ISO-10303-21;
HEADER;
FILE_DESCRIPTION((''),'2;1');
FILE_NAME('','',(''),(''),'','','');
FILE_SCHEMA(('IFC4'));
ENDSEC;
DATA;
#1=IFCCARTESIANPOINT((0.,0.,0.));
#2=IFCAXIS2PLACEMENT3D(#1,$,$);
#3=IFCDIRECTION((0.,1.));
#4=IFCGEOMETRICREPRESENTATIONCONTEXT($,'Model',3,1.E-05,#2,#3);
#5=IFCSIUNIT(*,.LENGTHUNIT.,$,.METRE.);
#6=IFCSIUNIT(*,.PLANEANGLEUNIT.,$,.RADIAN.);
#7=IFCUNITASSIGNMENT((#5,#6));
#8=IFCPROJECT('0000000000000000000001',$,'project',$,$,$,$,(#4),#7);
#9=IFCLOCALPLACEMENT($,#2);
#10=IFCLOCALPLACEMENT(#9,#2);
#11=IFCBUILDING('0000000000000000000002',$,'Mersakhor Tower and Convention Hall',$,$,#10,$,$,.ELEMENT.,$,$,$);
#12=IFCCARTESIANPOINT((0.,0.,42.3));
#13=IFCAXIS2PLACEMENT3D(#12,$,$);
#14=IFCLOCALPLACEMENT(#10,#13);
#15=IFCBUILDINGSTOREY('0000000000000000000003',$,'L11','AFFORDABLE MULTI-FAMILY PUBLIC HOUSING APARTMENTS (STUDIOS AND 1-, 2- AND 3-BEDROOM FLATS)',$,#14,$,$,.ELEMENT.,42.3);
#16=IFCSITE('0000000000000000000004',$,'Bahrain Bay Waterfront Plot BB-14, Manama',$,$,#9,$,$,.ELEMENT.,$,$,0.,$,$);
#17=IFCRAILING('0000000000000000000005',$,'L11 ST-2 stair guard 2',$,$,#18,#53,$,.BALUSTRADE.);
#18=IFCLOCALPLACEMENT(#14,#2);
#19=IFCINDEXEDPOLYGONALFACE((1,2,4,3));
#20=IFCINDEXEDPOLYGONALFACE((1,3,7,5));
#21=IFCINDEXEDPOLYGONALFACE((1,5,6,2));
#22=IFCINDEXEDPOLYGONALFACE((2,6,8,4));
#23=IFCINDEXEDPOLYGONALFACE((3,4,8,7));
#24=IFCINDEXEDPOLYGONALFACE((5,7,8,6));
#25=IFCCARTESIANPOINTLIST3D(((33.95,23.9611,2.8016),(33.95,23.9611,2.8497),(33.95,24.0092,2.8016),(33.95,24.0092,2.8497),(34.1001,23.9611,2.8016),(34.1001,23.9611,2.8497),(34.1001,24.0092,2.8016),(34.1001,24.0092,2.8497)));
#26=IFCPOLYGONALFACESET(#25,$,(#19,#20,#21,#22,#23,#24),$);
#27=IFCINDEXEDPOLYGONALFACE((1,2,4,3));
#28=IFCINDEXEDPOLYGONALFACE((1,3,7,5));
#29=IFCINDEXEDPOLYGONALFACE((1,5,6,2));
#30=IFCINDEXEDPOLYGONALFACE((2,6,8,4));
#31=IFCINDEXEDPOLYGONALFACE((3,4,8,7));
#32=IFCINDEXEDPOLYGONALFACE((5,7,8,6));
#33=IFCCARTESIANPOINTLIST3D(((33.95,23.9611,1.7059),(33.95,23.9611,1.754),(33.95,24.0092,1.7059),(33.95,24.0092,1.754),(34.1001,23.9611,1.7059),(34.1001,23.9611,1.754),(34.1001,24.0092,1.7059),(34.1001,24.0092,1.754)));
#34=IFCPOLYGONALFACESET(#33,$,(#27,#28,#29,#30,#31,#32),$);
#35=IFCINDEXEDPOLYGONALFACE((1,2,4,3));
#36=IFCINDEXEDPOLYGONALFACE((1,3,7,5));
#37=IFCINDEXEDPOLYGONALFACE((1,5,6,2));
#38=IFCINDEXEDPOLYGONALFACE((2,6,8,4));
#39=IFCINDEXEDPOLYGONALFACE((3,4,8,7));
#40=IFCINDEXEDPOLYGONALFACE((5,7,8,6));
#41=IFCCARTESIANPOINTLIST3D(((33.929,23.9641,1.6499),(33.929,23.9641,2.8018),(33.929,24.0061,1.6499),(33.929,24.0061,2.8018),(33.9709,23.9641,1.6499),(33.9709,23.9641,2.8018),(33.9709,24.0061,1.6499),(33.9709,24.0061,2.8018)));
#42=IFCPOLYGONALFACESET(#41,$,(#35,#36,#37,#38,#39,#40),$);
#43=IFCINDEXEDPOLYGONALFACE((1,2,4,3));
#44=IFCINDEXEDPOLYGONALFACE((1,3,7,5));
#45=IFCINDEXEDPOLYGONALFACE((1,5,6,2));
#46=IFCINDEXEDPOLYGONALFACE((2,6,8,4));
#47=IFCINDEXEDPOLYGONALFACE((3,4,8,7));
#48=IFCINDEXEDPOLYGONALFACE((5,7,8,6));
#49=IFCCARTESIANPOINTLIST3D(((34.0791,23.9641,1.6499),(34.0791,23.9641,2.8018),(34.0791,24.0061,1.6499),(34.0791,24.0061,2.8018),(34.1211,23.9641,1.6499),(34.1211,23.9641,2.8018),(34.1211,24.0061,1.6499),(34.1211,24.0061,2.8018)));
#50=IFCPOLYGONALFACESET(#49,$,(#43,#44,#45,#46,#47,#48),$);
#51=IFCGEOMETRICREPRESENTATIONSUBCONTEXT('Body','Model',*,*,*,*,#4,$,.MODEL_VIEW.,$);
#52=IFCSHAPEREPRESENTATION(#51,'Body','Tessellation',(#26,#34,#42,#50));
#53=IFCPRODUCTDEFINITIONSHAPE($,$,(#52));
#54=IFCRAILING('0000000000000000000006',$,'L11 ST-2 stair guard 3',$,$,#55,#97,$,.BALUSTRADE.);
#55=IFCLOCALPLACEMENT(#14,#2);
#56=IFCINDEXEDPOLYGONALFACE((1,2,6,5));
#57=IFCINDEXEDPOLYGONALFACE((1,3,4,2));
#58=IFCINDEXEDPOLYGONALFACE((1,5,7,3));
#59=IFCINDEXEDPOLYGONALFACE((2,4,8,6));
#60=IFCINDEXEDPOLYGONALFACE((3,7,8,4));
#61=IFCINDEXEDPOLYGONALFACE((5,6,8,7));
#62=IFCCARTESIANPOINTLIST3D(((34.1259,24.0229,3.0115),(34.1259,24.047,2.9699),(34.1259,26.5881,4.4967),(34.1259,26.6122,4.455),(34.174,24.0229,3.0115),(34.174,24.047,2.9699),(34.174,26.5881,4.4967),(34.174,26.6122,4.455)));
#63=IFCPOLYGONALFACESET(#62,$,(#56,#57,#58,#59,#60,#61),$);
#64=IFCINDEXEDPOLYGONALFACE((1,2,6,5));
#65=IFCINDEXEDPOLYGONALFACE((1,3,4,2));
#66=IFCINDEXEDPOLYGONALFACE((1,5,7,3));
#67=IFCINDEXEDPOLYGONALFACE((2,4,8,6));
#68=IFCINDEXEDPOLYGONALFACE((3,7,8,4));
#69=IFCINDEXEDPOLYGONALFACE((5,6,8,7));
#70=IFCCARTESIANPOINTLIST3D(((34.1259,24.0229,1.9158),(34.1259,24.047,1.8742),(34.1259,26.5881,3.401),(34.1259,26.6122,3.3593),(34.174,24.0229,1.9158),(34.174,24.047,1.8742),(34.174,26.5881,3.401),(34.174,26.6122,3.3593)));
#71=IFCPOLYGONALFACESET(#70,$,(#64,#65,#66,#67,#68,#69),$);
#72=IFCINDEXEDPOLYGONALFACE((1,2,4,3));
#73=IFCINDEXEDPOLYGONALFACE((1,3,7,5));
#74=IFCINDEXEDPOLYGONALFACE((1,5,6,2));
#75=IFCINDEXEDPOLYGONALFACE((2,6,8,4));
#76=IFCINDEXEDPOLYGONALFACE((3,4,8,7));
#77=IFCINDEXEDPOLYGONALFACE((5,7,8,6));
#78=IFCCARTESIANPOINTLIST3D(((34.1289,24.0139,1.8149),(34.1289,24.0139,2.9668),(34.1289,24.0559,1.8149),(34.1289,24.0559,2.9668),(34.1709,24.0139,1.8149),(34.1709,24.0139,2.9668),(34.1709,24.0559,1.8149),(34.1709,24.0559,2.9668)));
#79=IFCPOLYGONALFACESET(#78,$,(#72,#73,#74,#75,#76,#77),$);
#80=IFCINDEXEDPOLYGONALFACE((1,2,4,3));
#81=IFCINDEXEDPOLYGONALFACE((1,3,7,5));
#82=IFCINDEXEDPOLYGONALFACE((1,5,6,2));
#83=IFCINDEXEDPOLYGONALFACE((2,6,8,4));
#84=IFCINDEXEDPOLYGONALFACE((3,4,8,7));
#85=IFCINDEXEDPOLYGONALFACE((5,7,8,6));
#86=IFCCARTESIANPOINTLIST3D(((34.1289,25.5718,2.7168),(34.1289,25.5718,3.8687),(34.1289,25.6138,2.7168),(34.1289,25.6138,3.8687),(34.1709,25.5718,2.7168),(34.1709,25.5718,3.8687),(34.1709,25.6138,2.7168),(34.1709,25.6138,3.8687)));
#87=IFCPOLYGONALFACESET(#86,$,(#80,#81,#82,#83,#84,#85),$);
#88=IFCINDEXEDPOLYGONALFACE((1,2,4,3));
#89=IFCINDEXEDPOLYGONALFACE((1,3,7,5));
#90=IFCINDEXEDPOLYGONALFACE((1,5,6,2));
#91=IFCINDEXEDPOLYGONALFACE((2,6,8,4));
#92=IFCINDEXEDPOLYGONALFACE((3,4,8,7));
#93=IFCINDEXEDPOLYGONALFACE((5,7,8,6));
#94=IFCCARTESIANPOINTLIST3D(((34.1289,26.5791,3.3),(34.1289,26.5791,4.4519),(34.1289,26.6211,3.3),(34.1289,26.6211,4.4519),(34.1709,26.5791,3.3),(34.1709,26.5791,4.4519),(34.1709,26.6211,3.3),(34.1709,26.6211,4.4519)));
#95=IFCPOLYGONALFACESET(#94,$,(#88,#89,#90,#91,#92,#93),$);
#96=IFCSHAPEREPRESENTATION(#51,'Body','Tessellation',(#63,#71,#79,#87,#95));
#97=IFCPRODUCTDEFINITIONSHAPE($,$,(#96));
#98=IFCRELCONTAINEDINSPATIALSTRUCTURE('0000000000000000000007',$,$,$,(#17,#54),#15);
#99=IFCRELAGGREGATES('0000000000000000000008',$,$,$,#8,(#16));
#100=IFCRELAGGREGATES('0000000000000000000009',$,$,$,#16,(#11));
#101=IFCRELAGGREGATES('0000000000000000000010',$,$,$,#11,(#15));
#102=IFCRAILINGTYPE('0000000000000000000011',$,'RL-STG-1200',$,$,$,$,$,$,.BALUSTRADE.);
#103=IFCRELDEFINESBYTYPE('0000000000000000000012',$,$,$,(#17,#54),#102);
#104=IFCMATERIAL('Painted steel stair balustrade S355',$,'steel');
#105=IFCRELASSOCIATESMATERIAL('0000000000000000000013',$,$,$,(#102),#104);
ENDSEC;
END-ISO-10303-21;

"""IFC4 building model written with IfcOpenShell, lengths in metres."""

from ifc_helpers import new_model, si_unit, direction, frame, origin, origin_2d, place, context, subcontext, project, spatial, rectangle, extrude, material, type_object, element, save


model = new_model("IFC4")

# Units and contexts
model_context = context("Model", 3, precision=1e-05, world=origin(), true_north=direction((0.0, 1.0)))
body_context = subcontext(model_context, "Body", "Model", "MODEL_VIEW")
ifc_project = project(units=[si_unit("LENGTHUNIT", "METRE"), si_unit("PLANEANGLEUNIT", "RADIAN")], contexts=[model_context])

# Site, building, storey
site_placement = place(None, origin())
site = spatial("IfcSite", under=ifc_project, at=site_placement, Name="Bahrain Bay Waterfront Plot BB-14, Manama", CompositionType="ELEMENT", RefElevation=0.0)
building_placement = place(site_placement, origin())
building = spatial("IfcBuilding", under=site, at=building_placement, Name="Mersakhor Tower and Convention Hall", CompositionType="ELEMENT")
storey_placement = place(building_placement, frame((0.0, 0.0, 42.3)))
storey = spatial("IfcBuildingStorey", under=building, at=storey_placement, Name="L11", Description="AFFORDABLE MULTI-FAMILY PUBLIC HOUSING APARTMENTS (STUDIOS AND 1-, 2- AND 3-BEDROOM FLATS)", CompositionType="ELEMENT", Elevation=42.3)

# Railings
ifc_material_1 = material(Name="Painted steel stair balustrade S355", Category="steel")
railing_type_1 = type_object("IfcRailingType", Name="RL-STG-1200", PredefinedType="BALUSTRADE", material=ifc_material_1)
railing_1_placement = place(storey_placement, frame((33.95, 23.9851, 1.6499)))
element("IfcRailing", 1, at=railing_1_placement, inside=storey, type_object=railing_type_1, Name="L11 ST-2 stair guard 2", PredefinedType="BALUSTRADE", context=body_context, shape_type="SweptSolid", body=[
    extrude(rectangle(XDim=0.0481, YDim=0.0481, at=origin_2d()), frame((0.0, 0.0, 1.1758), z_axis=(1.0, 0.0, 0.0), x_axis=(0.0, 1.0, 0.0)), (0.0, 0.0, 1.0), 0.1501),
    extrude(rectangle(XDim=0.0481, YDim=0.0481, at=origin_2d()), frame((0.0, 0.0, 0.0801), z_axis=(1.0, 0.0, 0.0), x_axis=(0.0, 1.0, 0.0)), (0.0, 0.0, 1.0), 0.1501),
    extrude(rectangle(XDim=0.042, YDim=0.042, at=origin_2d()), origin(), (0.0, 0.0, 1.0), 1.1519),
    extrude(rectangle(XDim=0.042, YDim=0.042, at=origin_2d()), frame((0.1501, 0.0, 0.0)), (0.0, 0.0, 1.0), 1.1519),
])
railing_2_placement = place(storey_placement, frame((34.1499, 24.0349, 1.8149)))
element("IfcRailing", 2, at=railing_2_placement, inside=storey, type_object=railing_type_1, Name="L11 ST-2 stair guard 3", PredefinedType="BALUSTRADE", context=body_context, shape_type="SweptSolid", body=[
    extrude(rectangle(XDim=0.0481, YDim=0.0481, at=origin_2d()), frame((0.0, 0.0, 1.1758), z_axis=(0.0, 0.865426, 0.501036), x_axis=(-1.0, 0.0, 0.0)), (0.0, 0.0, 1.0), 2.9641),
    extrude(rectangle(XDim=0.0481, YDim=0.0481, at=origin_2d()), frame((0.0, 0.0, 0.0801), z_axis=(0.0, 0.865426, 0.501036), x_axis=(-1.0, 0.0, 0.0)), (0.0, 0.0, 1.0), 2.9641),
    extrude(rectangle(XDim=0.042, YDim=0.042, at=origin_2d()), origin(), (0.0, 0.0, 1.0), 1.1519),
    extrude(rectangle(XDim=0.042, YDim=0.042, at=origin_2d()), frame((0.0, 1.5579, 0.9019)), (0.0, 0.0, 1.0), 1.1519),
    extrude(rectangle(XDim=0.042, YDim=0.042, at=origin_2d()), frame((0.0, 2.5652, 1.4851)), (0.0, 0.0, 1.0), 1.1519),
])

save(model, "model.ifc")
